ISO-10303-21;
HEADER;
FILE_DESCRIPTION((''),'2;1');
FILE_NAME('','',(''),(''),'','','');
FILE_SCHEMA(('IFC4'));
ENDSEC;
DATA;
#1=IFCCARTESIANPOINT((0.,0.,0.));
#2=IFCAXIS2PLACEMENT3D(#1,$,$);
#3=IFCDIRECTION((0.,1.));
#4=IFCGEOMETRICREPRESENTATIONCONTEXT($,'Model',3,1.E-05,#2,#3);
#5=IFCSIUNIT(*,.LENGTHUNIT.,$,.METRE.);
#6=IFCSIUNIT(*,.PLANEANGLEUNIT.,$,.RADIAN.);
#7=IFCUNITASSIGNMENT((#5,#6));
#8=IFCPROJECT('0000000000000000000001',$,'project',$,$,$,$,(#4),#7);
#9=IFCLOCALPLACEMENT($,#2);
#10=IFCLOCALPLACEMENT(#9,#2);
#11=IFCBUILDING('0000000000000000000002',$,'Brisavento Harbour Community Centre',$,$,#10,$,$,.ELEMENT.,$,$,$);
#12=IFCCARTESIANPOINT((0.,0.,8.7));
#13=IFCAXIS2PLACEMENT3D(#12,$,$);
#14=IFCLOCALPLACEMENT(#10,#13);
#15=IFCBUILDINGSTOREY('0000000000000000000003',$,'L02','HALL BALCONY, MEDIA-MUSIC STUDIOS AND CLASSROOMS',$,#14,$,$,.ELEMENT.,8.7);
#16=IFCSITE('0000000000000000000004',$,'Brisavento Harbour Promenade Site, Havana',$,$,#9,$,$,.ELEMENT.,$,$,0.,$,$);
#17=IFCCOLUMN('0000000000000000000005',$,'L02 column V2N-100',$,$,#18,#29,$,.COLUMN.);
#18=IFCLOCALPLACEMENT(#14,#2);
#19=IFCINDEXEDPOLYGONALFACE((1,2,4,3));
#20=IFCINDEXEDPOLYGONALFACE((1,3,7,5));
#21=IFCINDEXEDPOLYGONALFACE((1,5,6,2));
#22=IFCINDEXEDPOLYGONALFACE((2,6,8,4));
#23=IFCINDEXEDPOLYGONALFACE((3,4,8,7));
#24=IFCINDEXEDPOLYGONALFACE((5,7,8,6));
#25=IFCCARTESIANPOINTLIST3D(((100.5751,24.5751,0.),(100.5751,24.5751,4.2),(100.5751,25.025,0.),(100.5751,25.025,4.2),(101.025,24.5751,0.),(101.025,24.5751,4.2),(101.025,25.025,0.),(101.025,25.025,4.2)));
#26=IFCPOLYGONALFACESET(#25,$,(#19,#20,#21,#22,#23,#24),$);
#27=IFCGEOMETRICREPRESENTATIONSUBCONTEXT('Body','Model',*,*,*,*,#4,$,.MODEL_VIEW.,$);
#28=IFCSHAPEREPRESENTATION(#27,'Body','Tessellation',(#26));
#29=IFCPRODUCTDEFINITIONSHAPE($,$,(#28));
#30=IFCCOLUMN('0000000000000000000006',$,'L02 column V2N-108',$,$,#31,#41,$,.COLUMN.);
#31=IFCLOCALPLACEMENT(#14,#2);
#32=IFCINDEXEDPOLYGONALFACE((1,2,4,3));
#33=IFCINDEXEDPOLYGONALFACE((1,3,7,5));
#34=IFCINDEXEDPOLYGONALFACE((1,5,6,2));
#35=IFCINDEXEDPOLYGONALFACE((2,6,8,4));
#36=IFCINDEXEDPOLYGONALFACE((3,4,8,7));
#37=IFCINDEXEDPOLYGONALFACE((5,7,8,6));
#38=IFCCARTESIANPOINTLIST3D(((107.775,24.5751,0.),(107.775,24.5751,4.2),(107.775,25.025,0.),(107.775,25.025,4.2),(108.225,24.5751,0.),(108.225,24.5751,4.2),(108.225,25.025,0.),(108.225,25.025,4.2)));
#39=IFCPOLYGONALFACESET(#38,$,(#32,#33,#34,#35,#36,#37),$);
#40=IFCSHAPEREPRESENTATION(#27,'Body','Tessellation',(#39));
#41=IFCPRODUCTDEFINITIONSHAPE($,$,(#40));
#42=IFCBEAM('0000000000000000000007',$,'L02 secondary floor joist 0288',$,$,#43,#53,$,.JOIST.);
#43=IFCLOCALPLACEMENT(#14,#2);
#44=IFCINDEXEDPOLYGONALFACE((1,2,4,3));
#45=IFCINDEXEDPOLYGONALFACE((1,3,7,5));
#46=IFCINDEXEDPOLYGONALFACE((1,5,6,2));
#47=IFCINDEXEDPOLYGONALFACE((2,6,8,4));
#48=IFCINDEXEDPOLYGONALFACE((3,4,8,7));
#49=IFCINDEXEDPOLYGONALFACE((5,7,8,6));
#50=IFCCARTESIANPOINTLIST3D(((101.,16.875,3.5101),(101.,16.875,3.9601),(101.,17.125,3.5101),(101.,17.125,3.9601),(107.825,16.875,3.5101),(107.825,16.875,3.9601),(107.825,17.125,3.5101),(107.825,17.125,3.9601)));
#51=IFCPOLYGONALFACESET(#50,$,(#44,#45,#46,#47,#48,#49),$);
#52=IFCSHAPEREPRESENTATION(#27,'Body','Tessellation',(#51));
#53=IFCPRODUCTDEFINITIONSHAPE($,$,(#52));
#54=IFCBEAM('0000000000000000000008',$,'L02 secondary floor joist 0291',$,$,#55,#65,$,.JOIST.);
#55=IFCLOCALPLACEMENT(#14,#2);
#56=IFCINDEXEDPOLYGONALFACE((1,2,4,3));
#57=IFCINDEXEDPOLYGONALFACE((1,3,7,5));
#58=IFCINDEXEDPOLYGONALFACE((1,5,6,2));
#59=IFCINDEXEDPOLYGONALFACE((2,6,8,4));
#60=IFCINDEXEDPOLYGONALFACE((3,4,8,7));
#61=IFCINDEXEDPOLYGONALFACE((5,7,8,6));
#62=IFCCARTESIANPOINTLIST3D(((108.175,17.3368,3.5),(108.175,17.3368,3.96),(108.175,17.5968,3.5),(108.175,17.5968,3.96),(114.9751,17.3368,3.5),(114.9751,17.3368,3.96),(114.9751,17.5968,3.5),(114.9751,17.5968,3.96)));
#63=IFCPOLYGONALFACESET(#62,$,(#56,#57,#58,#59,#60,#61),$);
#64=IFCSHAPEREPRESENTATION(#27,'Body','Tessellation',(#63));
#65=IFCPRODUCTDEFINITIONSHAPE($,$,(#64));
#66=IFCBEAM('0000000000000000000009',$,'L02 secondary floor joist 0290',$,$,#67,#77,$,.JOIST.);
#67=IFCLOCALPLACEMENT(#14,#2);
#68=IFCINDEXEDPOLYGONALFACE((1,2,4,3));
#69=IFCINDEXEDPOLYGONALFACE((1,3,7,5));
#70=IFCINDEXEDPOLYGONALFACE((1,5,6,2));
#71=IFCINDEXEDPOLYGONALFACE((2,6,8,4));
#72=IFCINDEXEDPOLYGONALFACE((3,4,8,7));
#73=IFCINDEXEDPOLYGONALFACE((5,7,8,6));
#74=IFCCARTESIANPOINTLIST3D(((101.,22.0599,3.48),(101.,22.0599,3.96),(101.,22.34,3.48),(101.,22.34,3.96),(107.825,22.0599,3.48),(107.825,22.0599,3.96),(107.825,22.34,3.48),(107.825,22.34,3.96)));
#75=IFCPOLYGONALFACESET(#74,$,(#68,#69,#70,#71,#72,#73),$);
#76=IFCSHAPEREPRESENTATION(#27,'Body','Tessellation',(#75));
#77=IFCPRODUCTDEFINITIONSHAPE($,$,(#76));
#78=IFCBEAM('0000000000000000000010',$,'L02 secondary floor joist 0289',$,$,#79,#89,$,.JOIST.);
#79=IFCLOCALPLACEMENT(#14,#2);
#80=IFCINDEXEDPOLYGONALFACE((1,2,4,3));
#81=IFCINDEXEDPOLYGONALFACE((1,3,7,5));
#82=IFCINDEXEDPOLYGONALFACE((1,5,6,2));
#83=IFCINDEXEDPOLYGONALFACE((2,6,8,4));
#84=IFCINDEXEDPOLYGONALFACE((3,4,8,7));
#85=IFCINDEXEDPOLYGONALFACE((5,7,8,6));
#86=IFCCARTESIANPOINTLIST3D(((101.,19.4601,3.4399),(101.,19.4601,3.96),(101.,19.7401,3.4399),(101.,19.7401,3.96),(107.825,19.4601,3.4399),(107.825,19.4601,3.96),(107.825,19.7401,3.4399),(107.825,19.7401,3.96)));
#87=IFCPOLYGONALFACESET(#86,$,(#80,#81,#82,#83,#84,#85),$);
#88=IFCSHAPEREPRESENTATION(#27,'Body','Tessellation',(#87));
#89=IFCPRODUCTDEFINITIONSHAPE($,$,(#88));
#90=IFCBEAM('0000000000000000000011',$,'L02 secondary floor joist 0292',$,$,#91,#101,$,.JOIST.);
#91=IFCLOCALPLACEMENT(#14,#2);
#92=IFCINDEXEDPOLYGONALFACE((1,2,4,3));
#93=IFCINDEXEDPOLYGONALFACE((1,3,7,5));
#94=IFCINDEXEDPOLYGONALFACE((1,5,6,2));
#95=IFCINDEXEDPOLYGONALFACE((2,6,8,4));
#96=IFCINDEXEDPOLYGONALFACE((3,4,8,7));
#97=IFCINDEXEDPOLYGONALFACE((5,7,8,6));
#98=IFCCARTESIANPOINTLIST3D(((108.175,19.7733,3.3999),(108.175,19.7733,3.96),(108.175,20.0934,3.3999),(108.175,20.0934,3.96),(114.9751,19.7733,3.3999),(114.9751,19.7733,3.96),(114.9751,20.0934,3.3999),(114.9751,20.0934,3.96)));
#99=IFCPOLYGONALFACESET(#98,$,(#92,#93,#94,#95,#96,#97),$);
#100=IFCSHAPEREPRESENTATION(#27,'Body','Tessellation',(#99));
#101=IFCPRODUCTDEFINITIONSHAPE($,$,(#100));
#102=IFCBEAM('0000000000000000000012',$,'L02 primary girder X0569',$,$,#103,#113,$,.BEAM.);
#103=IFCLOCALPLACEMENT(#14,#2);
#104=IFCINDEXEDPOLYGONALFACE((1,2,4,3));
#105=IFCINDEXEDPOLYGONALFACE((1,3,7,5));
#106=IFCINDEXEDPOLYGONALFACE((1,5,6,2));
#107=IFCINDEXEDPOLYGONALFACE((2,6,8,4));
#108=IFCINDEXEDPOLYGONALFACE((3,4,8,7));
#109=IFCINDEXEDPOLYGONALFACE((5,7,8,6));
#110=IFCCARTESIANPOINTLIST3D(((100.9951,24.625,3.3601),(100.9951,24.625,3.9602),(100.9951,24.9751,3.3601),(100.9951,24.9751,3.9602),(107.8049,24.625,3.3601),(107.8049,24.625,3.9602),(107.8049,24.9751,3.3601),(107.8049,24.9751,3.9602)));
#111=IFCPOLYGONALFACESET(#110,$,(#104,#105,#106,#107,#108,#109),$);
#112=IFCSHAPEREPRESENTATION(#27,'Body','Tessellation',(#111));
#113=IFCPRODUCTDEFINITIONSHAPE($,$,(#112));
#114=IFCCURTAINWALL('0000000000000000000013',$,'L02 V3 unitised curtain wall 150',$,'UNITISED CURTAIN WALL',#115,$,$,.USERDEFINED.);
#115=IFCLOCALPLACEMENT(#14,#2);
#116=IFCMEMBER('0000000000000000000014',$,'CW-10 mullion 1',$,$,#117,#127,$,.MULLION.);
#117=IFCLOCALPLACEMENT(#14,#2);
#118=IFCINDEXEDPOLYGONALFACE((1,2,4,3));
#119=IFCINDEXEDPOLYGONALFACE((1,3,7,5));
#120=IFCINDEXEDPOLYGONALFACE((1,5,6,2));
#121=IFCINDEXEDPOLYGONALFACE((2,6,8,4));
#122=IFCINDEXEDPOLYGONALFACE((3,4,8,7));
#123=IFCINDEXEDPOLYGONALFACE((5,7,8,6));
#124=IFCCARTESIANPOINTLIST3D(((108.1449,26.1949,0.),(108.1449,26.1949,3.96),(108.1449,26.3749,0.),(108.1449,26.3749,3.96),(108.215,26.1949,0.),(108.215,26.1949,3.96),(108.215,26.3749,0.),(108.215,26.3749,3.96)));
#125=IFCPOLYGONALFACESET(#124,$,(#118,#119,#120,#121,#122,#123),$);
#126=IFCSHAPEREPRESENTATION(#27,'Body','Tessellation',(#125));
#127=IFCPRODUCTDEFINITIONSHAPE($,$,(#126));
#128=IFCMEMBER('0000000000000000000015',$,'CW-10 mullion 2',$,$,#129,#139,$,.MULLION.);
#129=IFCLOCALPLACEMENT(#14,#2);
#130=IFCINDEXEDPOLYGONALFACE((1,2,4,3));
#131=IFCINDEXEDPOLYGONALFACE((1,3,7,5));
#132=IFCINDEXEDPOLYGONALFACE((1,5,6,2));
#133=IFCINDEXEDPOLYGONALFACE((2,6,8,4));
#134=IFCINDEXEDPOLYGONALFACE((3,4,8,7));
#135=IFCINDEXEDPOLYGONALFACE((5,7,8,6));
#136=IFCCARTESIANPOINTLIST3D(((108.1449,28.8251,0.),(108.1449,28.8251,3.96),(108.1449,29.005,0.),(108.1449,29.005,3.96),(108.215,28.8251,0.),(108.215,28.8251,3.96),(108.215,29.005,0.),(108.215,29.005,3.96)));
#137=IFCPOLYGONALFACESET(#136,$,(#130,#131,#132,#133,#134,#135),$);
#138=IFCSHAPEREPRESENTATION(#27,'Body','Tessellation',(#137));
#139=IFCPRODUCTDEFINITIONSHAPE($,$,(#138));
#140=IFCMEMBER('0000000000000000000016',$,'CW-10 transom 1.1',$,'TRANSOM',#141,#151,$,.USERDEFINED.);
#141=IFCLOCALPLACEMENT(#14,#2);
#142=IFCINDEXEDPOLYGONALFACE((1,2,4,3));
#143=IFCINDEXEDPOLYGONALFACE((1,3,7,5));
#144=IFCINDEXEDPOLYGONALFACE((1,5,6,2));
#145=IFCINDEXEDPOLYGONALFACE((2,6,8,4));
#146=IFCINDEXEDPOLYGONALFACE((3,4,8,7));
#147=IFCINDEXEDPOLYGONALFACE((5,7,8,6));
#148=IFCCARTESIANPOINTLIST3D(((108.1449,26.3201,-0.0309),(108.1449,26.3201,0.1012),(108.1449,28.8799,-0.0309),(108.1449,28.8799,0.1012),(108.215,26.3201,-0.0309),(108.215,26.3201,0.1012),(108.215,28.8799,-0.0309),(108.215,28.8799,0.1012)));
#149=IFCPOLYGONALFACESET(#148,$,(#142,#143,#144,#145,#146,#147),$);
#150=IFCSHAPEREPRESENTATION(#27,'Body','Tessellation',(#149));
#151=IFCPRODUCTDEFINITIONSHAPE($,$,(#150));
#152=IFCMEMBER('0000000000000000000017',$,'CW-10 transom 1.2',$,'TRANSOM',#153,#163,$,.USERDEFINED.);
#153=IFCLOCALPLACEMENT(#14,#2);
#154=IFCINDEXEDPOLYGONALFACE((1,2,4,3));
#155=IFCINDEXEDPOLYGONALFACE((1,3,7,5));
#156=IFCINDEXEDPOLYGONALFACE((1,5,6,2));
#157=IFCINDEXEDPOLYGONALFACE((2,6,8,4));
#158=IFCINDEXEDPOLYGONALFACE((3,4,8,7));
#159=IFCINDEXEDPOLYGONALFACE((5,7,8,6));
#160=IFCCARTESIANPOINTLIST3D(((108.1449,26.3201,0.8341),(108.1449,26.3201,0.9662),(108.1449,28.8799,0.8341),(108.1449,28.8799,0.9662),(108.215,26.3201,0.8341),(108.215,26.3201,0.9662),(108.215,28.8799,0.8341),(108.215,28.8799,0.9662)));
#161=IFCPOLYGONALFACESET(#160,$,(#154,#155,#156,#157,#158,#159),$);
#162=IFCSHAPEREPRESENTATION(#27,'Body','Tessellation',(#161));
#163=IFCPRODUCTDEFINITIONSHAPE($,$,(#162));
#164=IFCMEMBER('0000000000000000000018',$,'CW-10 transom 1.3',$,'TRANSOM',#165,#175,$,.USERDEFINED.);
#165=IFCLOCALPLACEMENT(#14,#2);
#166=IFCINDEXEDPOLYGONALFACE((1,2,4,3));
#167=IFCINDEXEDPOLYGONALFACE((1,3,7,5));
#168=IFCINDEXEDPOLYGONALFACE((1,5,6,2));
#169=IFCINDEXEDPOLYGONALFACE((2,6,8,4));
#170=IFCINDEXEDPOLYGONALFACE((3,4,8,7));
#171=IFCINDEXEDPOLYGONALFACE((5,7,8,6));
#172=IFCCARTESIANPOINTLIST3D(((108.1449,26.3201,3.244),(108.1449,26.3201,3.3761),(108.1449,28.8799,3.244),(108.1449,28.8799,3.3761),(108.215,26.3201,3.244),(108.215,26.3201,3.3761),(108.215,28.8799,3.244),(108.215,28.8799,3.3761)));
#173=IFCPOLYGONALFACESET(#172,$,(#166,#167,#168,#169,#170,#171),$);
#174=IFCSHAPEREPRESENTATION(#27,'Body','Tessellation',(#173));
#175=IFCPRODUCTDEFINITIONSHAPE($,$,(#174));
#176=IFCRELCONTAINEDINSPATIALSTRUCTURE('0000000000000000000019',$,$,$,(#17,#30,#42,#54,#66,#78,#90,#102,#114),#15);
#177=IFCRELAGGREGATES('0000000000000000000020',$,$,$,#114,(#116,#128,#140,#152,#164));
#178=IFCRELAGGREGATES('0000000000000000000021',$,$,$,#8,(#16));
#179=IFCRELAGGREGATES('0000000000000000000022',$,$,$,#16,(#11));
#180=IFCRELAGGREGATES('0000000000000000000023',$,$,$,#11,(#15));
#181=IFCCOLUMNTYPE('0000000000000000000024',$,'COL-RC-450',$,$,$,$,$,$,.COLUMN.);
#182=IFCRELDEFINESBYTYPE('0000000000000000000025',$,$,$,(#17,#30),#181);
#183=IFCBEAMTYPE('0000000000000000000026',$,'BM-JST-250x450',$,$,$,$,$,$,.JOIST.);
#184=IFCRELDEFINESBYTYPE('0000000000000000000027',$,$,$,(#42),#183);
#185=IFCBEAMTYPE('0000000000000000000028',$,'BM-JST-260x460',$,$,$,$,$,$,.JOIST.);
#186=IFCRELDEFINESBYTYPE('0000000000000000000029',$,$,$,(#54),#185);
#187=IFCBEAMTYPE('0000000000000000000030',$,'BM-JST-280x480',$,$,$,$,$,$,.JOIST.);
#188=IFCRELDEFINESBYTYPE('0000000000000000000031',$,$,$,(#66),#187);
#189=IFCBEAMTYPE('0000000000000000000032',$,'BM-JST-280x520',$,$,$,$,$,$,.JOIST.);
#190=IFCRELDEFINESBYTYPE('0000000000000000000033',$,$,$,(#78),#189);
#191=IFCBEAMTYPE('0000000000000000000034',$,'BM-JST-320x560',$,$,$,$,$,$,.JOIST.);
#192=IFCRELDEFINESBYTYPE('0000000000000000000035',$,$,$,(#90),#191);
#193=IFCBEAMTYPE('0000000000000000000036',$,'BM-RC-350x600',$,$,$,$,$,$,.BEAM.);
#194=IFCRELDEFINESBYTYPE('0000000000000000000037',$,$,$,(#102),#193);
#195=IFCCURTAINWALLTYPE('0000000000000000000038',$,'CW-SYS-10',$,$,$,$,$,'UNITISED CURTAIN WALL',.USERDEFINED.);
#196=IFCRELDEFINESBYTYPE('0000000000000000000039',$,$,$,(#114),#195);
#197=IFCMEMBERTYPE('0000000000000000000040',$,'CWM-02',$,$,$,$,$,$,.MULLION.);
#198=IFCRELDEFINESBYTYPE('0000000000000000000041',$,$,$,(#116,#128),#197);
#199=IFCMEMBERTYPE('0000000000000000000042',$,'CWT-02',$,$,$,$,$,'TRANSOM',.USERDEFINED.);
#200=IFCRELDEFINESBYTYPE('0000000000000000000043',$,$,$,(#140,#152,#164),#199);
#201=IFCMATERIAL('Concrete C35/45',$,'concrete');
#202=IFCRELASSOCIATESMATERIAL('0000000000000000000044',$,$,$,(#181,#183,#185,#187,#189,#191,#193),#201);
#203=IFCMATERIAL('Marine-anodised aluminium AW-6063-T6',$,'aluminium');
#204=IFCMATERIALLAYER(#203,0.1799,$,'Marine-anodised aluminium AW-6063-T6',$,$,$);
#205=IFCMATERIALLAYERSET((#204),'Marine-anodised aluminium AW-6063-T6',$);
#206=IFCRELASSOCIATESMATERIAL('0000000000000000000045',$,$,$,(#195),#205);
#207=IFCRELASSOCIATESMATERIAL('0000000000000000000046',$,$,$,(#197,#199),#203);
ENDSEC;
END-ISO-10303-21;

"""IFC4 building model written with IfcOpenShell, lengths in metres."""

from ifc_helpers import new_model, si_unit, direction, frame, origin, origin_2d, place, context, subcontext, project, spatial, rectangle, extrude, material, layer, layer_set, material_profile, profile_set, type_object, element, aggregate, save


model = new_model("IFC4")

# Units and contexts
model_context = context("Model", 3, precision=1e-05, world=origin(), true_north=direction((0.0, 1.0)))
body_context = subcontext(model_context, "Body", "Model", "MODEL_VIEW")
ifc_project = project(units=[si_unit("LENGTHUNIT", "METRE"), si_unit("PLANEANGLEUNIT", "RADIAN")], contexts=[model_context])

# Site, building, storey
site_placement = place(None, origin())
site = spatial("IfcSite", under=ifc_project, at=site_placement, Name="Brisavento Harbour Promenade Site, Havana", CompositionType="ELEMENT", RefElevation=0.0)
building_placement = place(site_placement, origin())
building = spatial("IfcBuilding", under=site, at=building_placement, Name="Brisavento Harbour Community Centre", CompositionType="ELEMENT")
storey_placement = place(building_placement, frame((0.0, 0.0, 8.7)))
storey = spatial("IfcBuildingStorey", under=building, at=storey_placement, Name="L02", Description="HALL BALCONY, MEDIA-MUSIC STUDIOS AND CLASSROOMS", CompositionType="ELEMENT", Elevation=8.7)

# Columns
ifc_material_1 = material(Name="Concrete C35/45", Category="concrete")
ifc_material_profile_1 = material_profile(ifc_material_1, rectangle(XDim=0.45, YDim=0.45, at=origin_2d()), Name="Concrete C35/45")
ifc_profile_set_1 = profile_set([ifc_material_profile_1], Name="Concrete C35/45")
column_type = type_object("IfcColumnType", Name="COL-RC-450", PredefinedType="COLUMN", material=ifc_profile_set_1)
for number, where, z_axis, x_axis, name in (
    (1, (100.8, 24.8, 0.0), (0.0, 0.0, 1.0), (1.0, 0.0, 0.0), "L02 column V2N-100"),
    (2, (108.0, 24.8, 0.0), (0.0, 0.0, 1.0), (1.0, 0.0, 0.0), "L02 column V2N-108"),
):
    element("IfcColumn", number, at=place(storey_placement, frame(where, z_axis=z_axis, x_axis=x_axis)), inside=storey, type_object=column_type, Name=name, PredefinedType="COLUMN", context=body_context, shape_type="SweptSolid", body=[
        extrude(rectangle(XDim=0.45, YDim=0.45, at=origin_2d()), origin(), (0.0, 0.0, 1.0), 4.2),
    ])

# Beams
ifc_material_profile_2 = material_profile(ifc_material_1, rectangle(XDim=0.25, YDim=0.45, at=origin_2d()), Name="Concrete C35/45")
ifc_profile_set_2 = profile_set([ifc_material_profile_2], Name="Concrete C35/45")
beam_type_1 = type_object("IfcBeamType", Name="BM-JST-250x450", PredefinedType="JOIST", material=ifc_profile_set_2)
beam_1_placement = place(storey_placement, frame((101.0, 17.0, 3.7351), z_axis=(1.0, 0.0, 0.0), x_axis=(0.0, 1.0, 0.0)))
element("IfcBeam", 3, at=beam_1_placement, inside=storey, type_object=beam_type_1, Name="L02 secondary floor joist 0288", PredefinedType="JOIST", context=body_context, shape_type="SweptSolid", body=[
    extrude(rectangle(XDim=0.25, YDim=0.45, at=origin_2d()), origin(), (0.0, 0.0, 1.0), 6.825),
])
ifc_material_profile_3 = material_profile(ifc_material_1, rectangle(XDim=0.26, YDim=0.46, at=origin_2d()), Name="Concrete C35/45")
ifc_profile_set_3 = profile_set([ifc_material_profile_3], Name="Concrete C35/45")
beam_type_2 = type_object("IfcBeamType", Name="BM-JST-260x460", PredefinedType="JOIST", material=ifc_profile_set_3)
beam_2_placement = place(storey_placement, frame((108.175, 17.4668, 3.73), z_axis=(1.0, 0.0, 0.0), x_axis=(0.0, 1.0, 0.0)))
element("IfcBeam", 4, at=beam_2_placement, inside=storey, type_object=beam_type_2, Name="L02 secondary floor joist 0291", PredefinedType="JOIST", context=body_context, shape_type="SweptSolid", body=[
    extrude(rectangle(XDim=0.26, YDim=0.46, at=origin_2d()), origin(), (0.0, 0.0, 1.0), 6.8),
])
ifc_material_profile_4 = material_profile(ifc_material_1, rectangle(XDim=0.28, YDim=0.48, at=origin_2d()), Name="Concrete C35/45")
ifc_profile_set_4 = profile_set([ifc_material_profile_4], Name="Concrete C35/45")
beam_type_3 = type_object("IfcBeamType", Name="BM-JST-280x480", PredefinedType="JOIST", material=ifc_profile_set_4)
beam_3_placement = place(storey_placement, frame((101.0, 22.2, 3.72), z_axis=(1.0, 0.0, 0.0), x_axis=(0.0, 1.0, 0.0)))
element("IfcBeam", 5, at=beam_3_placement, inside=storey, type_object=beam_type_3, Name="L02 secondary floor joist 0290", PredefinedType="JOIST", context=body_context, shape_type="SweptSolid", body=[
    extrude(rectangle(XDim=0.28, YDim=0.48, at=origin_2d()), origin(), (0.0, 0.0, 1.0), 6.825),
])
ifc_material_profile_5 = material_profile(ifc_material_1, rectangle(XDim=0.28, YDim=0.52, at=origin_2d()), Name="Concrete C35/45")
ifc_profile_set_5 = profile_set([ifc_material_profile_5], Name="Concrete C35/45")
beam_type_4 = type_object("IfcBeamType", Name="BM-JST-280x520", PredefinedType="JOIST", material=ifc_profile_set_5)
beam_4_placement = place(storey_placement, frame((101.0, 19.6001, 3.7), z_axis=(1.0, 0.0, 0.0), x_axis=(0.0, 1.0, 0.0)))
element("IfcBeam", 6, at=beam_4_placement, inside=storey, type_object=beam_type_4, Name="L02 secondary floor joist 0289", PredefinedType="JOIST", context=body_context, shape_type="SweptSolid", body=[
    extrude(rectangle(XDim=0.28, YDim=0.52, at=origin_2d()), origin(), (0.0, 0.0, 1.0), 6.825),
])
ifc_material_profile_6 = material_profile(ifc_material_1, rectangle(XDim=0.3201, YDim=0.5601, at=origin_2d()), Name="Concrete C35/45")
ifc_profile_set_6 = profile_set([ifc_material_profile_6], Name="Concrete C35/45")
beam_type_5 = type_object("IfcBeamType", Name="BM-JST-320x560", PredefinedType="JOIST", material=ifc_profile_set_6)
beam_5_placement = place(storey_placement, frame((108.175, 19.9333, 3.6799), z_axis=(1.0, 0.0, 0.0), x_axis=(0.0, 1.0, 0.0)))
element("IfcBeam", 7, at=beam_5_placement, inside=storey, type_object=beam_type_5, Name="L02 secondary floor joist 0292", PredefinedType="JOIST", context=body_context, shape_type="SweptSolid", body=[
    extrude(rectangle(XDim=0.3201, YDim=0.5601, at=origin_2d()), origin(), (0.0, 0.0, 1.0), 6.8),
])
ifc_material_profile_7 = material_profile(ifc_material_1, rectangle(XDim=0.3501, YDim=0.6001, at=origin_2d()), Name="Concrete C35/45")
ifc_profile_set_7 = profile_set([ifc_material_profile_7], Name="Concrete C35/45")
beam_type_6 = type_object("IfcBeamType", Name="BM-RC-350x600", PredefinedType="BEAM", material=ifc_profile_set_7)
beam_6_placement = place(storey_placement, frame((100.9951, 24.8, 3.6602), z_axis=(1.0, 0.0, 0.0), x_axis=(0.0, 1.0, 0.0)))
element("IfcBeam", 8, at=beam_6_placement, inside=storey, type_object=beam_type_6, Name="L02 primary girder X0569", PredefinedType="BEAM", context=body_context, shape_type="SweptSolid", body=[
    extrude(rectangle(XDim=0.3501, YDim=0.6001, at=origin_2d()), origin(), (0.0, 0.0, 1.0), 6.8098),
])

# Curtain wall, members
ifc_material_2 = material(Name="Marine-anodised aluminium AW-6063-T6", Category="aluminium")
ifc_layer_1 = layer(ifc_material_2, 0.1799, Name="Marine-anodised aluminium AW-6063-T6")
ifc_layer_set_1 = layer_set([ifc_layer_1], Name="Marine-anodised aluminium AW-6063-T6")
curtain_wall_type = type_object("IfcCurtainWallType", Name="CW-SYS-10", ElementType="UNITISED CURTAIN WALL", PredefinedType="USERDEFINED", material=ifc_layer_set_1)
curtain_wall_placement = place(storey_placement, origin())
curtain_wall = element("IfcCurtainWall", 9, at=curtain_wall_placement, inside=storey, type_object=curtain_wall_type, Name="L02 V3 unitised curtain wall 150", ObjectType="UNITISED CURTAIN WALL", PredefinedType="USERDEFINED")
ifc_material_profile_8 = material_profile(ifc_material_2, rectangle(XDim=0.0701, YDim=0.1799, at=origin_2d()), Name="Marine-anodised aluminium AW-6063-T6")
ifc_profile_set_8 = profile_set([ifc_material_profile_8], Name="Marine-anodised aluminium AW-6063-T6")
member_type_1 = type_object("IfcMemberType", Name="CWM-02", PredefinedType="MULLION", material=ifc_profile_set_8)
member_1_placement = place(storey_placement, frame((108.1799, 26.2849, 0.0), z_axis=(0.0, 0.0, 1.0), x_axis=(-1.0, 0.0, 0.0)))
member_1 = element("IfcMember", 10, at=member_1_placement, type_object=member_type_1, Name="CW-10 mullion 1", PredefinedType="MULLION", context=body_context, shape_type="SweptSolid", body=[
    extrude(rectangle(XDim=0.0701, YDim=0.1799, at=origin_2d()), origin(), (0.0, 0.0, 1.0), 3.96),
])
member_2_placement = place(storey_placement, frame((108.1799, 28.915, 0.0), z_axis=(0.0, 0.0, 1.0), x_axis=(-1.0, 0.0, 0.0)))
member_2 = element("IfcMember", 11, at=member_2_placement, type_object=member_type_1, Name="CW-10 mullion 2", PredefinedType="MULLION", context=body_context, shape_type="SweptSolid", body=[
    extrude(rectangle(XDim=0.0701, YDim=0.1799, at=origin_2d()), origin(), (0.0, 0.0, 1.0), 3.96),
])
ifc_material_profile_9 = material_profile(ifc_material_2, rectangle(XDim=0.0701, YDim=0.1321, at=origin_2d()), Name="Marine-anodised aluminium AW-6063-T6")
ifc_profile_set_9 = profile_set([ifc_material_profile_9], Name="Marine-anodised aluminium AW-6063-T6")
member_type_2 = type_object("IfcMemberType", Name="CWT-02", ElementType="TRANSOM", PredefinedType="USERDEFINED", material=ifc_profile_set_9)
member_3_placement = place(storey_placement, frame((108.1799, 26.3201, 0.0352), z_axis=(0.0, 1.0, 0.0), x_axis=(-1.0, 0.0, 0.0)))
member_3 = element("IfcMember", 12, at=member_3_placement, type_object=member_type_2, Name="CW-10 transom 1.1", ObjectType="TRANSOM", PredefinedType="USERDEFINED", context=body_context, shape_type="SweptSolid", body=[
    extrude(rectangle(XDim=0.0701, YDim=0.1321, at=origin_2d()), origin(), (0.0, 0.0, 1.0), 2.5598),
])
member_4_placement = place(storey_placement, frame((108.1799, 26.3201, 0.9001), z_axis=(0.0, 1.0, 0.0), x_axis=(-1.0, 0.0, 0.0)))
member_4 = element("IfcMember", 13, at=member_4_placement, type_object=member_type_2, Name="CW-10 transom 1.2", ObjectType="TRANSOM", PredefinedType="USERDEFINED", context=body_context, shape_type="SweptSolid", body=[
    extrude(rectangle(XDim=0.0701, YDim=0.1321, at=origin_2d()), origin(), (0.0, 0.0, 1.0), 2.5598),
])
member_5_placement = place(storey_placement, frame((108.1799, 26.3201, 3.3101), z_axis=(0.0, 1.0, 0.0), x_axis=(-1.0, 0.0, 0.0)))
member_5 = element("IfcMember", 14, at=member_5_placement, type_object=member_type_2, Name="CW-10 transom 1.3", ObjectType="TRANSOM", PredefinedType="USERDEFINED", context=body_context, shape_type="SweptSolid", body=[
    extrude(rectangle(XDim=0.0701, YDim=0.1321, at=origin_2d()), origin(), (0.0, 0.0, 1.0), 2.5598),
])
aggregate(curtain_wall, [member_1, member_2, member_3, member_4, member_5])

save(model, "model.ifc")
